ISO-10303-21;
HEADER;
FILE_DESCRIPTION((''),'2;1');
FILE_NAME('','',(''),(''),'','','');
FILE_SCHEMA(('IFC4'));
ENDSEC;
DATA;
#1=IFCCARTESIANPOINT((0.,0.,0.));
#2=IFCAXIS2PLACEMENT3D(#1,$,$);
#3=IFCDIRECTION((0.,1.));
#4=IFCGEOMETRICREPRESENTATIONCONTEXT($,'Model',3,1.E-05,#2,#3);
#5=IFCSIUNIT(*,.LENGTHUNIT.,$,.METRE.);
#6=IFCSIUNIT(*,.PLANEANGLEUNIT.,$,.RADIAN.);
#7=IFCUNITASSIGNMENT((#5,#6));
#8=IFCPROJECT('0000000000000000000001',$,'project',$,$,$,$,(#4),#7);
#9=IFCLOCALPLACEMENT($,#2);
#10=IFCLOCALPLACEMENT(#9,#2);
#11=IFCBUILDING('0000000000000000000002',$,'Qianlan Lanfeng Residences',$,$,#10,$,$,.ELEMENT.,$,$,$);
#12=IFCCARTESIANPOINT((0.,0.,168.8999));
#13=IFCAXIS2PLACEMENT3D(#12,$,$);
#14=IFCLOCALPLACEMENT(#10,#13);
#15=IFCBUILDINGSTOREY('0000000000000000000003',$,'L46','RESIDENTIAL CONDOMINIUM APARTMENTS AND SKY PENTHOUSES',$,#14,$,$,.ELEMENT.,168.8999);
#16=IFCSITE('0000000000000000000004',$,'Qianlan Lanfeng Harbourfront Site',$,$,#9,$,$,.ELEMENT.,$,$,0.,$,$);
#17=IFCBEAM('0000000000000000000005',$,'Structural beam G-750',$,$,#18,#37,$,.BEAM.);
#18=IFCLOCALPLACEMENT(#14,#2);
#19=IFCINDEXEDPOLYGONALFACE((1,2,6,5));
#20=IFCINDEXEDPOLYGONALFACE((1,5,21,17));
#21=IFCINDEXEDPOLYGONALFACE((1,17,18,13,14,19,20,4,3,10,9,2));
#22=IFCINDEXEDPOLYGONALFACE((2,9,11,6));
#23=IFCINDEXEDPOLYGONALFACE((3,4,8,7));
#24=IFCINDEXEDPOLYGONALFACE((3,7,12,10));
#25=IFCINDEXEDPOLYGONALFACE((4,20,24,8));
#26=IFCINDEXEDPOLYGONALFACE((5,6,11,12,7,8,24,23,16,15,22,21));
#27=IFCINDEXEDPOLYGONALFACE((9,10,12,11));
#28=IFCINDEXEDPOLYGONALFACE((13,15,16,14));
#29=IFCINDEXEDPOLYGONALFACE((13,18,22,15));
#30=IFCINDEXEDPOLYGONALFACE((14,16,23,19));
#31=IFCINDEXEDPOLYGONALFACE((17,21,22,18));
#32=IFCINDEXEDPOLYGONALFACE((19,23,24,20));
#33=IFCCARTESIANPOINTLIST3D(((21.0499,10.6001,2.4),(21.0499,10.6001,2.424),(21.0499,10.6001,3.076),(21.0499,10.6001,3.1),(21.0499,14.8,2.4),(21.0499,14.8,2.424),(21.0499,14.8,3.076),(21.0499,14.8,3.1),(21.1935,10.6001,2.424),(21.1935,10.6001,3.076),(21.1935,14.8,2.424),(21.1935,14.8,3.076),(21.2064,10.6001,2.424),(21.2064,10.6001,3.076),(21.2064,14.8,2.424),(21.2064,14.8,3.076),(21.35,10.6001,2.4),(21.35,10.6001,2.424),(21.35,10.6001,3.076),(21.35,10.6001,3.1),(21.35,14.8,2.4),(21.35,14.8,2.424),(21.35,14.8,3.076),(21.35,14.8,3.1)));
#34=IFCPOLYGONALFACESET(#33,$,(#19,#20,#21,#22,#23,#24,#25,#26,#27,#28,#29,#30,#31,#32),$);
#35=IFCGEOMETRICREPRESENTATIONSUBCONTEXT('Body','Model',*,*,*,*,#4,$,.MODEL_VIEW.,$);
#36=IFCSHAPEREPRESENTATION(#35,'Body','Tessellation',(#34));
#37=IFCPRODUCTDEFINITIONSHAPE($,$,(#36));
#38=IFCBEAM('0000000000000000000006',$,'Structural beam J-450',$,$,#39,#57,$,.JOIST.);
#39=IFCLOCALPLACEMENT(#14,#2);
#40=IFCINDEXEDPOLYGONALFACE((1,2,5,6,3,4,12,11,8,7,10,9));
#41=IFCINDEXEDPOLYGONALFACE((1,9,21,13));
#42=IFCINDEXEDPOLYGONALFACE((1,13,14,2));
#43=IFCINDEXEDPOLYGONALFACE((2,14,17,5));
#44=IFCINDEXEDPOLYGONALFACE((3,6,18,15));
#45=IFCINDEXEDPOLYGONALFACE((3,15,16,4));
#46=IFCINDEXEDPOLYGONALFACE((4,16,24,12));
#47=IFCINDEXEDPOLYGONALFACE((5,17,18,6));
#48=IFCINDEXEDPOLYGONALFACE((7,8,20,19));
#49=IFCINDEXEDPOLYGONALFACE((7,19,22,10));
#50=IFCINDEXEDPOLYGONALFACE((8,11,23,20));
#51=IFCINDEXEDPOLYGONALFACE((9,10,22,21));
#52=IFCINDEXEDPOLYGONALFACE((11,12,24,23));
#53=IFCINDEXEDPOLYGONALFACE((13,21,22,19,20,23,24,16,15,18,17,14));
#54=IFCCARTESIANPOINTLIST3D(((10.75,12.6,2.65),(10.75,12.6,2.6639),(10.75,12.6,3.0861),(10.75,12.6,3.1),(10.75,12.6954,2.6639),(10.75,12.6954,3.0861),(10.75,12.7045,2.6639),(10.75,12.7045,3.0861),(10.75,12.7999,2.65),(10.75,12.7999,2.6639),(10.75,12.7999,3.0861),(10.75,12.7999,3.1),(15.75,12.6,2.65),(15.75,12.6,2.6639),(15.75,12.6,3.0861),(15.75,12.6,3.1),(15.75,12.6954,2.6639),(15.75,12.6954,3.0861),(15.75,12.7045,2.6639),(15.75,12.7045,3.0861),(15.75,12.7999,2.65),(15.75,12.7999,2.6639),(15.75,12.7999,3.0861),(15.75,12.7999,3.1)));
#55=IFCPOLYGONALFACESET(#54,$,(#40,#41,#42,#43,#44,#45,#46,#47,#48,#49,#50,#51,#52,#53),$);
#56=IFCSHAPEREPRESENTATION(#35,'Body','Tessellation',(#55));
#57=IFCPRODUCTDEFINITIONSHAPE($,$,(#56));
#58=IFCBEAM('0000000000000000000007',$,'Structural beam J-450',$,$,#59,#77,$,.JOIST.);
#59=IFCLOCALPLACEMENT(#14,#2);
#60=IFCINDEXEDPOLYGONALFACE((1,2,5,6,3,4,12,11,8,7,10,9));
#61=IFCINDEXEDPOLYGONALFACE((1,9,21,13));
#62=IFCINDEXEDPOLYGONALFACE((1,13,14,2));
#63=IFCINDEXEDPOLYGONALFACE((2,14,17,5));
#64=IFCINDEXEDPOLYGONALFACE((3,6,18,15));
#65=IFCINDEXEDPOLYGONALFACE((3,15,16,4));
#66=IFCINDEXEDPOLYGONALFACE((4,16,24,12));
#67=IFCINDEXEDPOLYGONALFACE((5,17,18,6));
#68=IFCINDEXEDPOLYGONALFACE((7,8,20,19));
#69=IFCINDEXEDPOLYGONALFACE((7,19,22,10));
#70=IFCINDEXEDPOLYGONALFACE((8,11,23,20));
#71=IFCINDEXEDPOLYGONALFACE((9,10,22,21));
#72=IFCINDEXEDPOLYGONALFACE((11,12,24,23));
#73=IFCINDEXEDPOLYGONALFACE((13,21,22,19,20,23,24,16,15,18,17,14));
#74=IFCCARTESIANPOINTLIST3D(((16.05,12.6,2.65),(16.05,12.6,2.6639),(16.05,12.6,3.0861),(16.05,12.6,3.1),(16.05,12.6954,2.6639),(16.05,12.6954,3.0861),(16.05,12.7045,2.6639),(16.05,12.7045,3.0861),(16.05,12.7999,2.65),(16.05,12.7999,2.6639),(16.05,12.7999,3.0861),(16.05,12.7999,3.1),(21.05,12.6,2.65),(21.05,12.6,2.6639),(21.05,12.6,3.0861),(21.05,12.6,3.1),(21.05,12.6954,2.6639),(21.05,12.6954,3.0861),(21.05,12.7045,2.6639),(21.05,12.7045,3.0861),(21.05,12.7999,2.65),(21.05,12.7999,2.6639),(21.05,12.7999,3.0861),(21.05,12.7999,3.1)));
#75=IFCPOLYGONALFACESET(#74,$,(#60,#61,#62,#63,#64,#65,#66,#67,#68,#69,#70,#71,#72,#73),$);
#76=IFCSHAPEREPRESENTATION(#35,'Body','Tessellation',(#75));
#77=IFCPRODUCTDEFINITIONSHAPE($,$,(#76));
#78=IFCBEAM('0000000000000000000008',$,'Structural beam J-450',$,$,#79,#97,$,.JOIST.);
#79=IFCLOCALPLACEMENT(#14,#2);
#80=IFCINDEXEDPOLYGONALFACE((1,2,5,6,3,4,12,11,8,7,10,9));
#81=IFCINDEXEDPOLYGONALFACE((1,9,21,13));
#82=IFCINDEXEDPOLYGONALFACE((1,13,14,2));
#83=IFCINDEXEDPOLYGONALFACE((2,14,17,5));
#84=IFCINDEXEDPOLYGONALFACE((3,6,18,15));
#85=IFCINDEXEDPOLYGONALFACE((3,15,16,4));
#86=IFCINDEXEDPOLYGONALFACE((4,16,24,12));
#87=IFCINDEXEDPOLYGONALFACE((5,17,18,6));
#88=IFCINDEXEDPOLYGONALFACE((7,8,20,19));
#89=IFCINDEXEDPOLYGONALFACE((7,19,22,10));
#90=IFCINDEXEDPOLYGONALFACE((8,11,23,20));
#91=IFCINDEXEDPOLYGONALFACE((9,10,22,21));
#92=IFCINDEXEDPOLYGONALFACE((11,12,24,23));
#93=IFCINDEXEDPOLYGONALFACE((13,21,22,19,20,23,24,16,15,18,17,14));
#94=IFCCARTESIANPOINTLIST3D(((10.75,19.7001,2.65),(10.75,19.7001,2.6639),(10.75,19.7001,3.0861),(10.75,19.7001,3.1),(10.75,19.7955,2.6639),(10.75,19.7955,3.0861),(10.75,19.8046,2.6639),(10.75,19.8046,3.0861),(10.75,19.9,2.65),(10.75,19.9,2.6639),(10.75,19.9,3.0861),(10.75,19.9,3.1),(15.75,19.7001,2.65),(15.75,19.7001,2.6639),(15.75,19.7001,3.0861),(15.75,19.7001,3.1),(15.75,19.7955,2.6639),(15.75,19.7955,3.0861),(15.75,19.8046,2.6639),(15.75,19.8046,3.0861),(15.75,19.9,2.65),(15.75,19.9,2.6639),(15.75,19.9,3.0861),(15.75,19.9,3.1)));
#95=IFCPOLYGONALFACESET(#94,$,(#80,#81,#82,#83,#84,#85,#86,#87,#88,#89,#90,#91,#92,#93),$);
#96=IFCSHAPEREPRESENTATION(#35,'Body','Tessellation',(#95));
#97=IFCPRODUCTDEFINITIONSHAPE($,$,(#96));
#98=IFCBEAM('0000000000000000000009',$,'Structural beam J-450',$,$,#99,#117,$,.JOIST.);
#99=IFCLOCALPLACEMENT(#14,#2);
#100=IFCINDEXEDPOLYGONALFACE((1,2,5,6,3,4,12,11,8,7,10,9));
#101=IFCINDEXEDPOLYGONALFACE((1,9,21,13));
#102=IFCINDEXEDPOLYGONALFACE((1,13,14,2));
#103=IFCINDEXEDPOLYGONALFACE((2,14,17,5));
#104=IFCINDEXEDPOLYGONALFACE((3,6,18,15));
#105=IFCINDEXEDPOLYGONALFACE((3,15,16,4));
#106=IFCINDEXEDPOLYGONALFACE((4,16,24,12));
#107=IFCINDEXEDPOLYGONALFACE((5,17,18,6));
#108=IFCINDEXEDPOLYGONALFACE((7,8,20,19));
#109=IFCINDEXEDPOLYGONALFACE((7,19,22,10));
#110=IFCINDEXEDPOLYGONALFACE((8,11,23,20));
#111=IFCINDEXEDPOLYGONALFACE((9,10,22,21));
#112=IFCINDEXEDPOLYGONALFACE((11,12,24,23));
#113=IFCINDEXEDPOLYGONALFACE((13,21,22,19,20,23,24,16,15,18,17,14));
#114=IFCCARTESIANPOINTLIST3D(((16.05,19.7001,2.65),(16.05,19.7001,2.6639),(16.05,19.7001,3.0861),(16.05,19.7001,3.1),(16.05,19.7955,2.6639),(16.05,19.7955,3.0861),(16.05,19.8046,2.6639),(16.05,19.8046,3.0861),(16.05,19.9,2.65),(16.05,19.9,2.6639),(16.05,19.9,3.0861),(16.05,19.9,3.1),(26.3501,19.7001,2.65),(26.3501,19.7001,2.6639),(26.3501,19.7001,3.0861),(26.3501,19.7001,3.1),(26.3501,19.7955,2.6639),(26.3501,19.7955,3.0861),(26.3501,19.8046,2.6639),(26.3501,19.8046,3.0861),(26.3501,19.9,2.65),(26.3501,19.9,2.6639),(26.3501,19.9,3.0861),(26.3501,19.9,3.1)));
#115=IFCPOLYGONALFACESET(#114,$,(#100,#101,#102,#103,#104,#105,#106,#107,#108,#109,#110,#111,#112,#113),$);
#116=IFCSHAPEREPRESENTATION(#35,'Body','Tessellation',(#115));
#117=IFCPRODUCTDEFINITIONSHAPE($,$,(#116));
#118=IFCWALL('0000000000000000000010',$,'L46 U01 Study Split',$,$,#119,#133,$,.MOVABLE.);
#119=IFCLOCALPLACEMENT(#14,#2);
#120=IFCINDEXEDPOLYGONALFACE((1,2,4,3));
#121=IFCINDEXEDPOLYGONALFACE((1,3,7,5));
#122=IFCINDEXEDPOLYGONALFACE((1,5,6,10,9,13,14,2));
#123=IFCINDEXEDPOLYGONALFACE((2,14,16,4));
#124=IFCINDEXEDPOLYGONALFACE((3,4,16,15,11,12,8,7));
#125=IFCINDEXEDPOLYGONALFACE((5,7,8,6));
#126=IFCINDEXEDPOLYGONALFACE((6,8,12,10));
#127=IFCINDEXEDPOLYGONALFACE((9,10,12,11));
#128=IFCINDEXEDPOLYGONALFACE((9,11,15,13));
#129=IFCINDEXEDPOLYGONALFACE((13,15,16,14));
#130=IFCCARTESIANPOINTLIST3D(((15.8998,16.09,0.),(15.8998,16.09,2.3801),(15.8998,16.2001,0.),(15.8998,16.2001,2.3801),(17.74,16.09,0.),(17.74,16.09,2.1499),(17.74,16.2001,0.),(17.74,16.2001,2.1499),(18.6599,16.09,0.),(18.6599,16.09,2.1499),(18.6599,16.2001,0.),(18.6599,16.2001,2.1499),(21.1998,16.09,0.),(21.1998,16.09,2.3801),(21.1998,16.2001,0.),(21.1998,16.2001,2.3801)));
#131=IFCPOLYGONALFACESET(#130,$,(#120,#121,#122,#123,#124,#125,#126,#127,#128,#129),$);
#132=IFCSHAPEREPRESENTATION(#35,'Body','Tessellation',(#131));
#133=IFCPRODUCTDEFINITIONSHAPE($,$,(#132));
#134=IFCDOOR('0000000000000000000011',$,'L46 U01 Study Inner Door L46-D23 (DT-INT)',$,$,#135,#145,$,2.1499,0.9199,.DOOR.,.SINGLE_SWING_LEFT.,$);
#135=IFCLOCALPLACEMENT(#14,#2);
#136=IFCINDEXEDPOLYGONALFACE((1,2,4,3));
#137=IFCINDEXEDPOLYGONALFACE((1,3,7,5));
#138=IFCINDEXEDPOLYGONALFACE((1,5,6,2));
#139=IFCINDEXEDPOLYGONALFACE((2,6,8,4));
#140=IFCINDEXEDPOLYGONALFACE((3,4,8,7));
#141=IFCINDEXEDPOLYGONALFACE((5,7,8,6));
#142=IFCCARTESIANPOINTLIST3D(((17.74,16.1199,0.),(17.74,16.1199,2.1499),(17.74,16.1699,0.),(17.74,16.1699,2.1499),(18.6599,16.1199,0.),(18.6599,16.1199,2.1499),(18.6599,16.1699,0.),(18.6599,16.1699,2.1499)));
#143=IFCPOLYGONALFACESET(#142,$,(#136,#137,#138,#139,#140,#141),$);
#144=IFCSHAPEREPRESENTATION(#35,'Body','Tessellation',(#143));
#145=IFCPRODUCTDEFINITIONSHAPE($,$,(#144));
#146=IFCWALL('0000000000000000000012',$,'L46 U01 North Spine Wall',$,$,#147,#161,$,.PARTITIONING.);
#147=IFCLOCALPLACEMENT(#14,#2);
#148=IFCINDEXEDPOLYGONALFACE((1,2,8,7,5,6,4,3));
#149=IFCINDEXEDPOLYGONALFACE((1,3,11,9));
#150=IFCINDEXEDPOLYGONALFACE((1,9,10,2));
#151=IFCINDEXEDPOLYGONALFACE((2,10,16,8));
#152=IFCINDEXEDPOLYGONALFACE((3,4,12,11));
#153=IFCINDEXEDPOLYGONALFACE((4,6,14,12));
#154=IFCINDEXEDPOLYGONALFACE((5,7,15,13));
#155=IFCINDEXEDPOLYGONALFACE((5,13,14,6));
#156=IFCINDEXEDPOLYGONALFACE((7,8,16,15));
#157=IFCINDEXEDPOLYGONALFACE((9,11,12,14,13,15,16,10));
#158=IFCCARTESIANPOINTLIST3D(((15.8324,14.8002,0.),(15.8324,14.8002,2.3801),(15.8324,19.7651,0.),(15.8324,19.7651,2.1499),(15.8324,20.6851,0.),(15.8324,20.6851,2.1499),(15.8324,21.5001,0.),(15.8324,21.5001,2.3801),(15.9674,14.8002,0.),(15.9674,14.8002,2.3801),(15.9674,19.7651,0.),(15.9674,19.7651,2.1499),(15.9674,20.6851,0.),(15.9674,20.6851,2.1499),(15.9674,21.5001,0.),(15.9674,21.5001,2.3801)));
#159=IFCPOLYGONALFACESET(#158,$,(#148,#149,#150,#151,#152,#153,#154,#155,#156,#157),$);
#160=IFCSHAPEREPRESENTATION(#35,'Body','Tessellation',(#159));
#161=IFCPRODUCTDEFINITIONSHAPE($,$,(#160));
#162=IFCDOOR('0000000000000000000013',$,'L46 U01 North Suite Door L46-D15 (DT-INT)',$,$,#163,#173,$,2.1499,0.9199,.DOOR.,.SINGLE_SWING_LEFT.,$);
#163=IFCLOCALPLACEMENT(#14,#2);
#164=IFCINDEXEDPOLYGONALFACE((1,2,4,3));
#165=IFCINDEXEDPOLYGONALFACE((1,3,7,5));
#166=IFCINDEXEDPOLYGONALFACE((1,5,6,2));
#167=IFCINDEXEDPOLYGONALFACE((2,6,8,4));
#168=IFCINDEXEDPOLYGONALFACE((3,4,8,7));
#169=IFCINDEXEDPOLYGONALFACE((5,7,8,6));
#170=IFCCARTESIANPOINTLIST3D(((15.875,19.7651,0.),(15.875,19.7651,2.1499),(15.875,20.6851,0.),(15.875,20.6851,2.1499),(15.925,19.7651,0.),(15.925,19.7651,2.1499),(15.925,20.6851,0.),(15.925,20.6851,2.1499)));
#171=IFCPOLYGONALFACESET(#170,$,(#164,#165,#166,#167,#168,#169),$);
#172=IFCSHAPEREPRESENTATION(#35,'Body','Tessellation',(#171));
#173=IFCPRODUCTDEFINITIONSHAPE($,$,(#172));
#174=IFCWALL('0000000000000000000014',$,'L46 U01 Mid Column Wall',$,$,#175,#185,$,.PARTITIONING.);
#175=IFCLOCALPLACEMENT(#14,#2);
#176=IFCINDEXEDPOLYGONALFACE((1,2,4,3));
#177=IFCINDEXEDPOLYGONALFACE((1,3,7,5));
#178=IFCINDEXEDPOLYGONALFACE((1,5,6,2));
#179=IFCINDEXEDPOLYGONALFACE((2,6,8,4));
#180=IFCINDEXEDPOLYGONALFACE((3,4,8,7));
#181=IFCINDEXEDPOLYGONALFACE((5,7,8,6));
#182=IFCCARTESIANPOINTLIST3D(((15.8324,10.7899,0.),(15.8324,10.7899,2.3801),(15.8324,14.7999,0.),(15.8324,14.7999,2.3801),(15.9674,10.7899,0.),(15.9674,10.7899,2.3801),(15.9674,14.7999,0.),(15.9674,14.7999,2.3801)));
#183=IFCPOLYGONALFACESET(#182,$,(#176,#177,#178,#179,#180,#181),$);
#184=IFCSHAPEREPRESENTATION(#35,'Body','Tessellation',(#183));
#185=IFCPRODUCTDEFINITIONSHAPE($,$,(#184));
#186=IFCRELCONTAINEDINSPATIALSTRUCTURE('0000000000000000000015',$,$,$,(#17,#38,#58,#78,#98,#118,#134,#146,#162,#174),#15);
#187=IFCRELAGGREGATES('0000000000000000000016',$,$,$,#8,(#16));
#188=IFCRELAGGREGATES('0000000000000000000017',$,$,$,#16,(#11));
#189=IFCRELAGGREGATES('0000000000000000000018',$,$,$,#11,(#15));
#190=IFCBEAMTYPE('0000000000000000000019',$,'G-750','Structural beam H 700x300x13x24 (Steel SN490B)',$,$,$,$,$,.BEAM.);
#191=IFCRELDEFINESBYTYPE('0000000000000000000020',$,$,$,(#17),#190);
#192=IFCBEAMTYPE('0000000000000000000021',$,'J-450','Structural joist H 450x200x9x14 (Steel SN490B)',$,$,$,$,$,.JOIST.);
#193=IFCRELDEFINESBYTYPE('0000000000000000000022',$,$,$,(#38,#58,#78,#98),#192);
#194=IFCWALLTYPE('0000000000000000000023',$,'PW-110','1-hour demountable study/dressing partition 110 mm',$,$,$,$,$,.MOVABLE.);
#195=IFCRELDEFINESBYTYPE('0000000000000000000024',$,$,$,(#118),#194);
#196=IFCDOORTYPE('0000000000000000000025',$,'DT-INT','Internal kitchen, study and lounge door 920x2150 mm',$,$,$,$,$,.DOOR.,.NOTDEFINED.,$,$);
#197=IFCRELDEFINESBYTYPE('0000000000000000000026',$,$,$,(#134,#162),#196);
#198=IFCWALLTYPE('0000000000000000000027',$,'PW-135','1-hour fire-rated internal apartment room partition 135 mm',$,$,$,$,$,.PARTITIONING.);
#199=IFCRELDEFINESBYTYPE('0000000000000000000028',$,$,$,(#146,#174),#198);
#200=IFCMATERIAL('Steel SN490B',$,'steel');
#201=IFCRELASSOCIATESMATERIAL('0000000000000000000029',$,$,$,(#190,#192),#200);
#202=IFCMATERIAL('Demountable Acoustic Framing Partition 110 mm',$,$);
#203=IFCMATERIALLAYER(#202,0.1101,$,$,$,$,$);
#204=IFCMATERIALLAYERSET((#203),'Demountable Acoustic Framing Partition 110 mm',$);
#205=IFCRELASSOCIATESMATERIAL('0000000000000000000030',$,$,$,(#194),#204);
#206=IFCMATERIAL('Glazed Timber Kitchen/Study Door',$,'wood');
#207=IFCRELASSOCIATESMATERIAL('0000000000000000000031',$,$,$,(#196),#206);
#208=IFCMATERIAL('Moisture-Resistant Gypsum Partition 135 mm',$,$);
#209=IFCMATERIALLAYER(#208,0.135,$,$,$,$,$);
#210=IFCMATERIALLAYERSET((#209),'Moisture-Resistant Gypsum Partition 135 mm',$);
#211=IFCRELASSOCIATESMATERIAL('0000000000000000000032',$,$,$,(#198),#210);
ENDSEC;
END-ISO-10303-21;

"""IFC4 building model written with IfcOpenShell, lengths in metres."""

from ifc_helpers import new_model, si_unit, direction, frame, frame_2d, origin, origin_2d, place, context, subcontext, project, spatial, rectangle, i_section, extrude, material, layer, layer_set, material_profile, profile_set, type_object, element, fill, save


model = new_model("IFC4")

# Units and contexts
model_context = context("Model", 3, precision=1e-05, world=origin(), true_north=direction((0.0, 1.0)))
body_context = subcontext(model_context, "Body", "Model", "MODEL_VIEW")
ifc_project = project(units=[si_unit("LENGTHUNIT", "METRE"), si_unit("PLANEANGLEUNIT", "RADIAN")], contexts=[model_context])

# Site, building, storey
site_placement = place(None, origin())
site = spatial("IfcSite", under=ifc_project, at=site_placement, Name="Qianlan Lanfeng Harbourfront Site", CompositionType="ELEMENT", RefElevation=0.0)
building_placement = place(site_placement, origin())
building = spatial("IfcBuilding", under=site, at=building_placement, Name="Qianlan Lanfeng Residences", CompositionType="ELEMENT")
storey_placement = place(building_placement, frame((0.0, 0.0, 168.8999)))
storey = spatial("IfcBuildingStorey", under=building, at=storey_placement, Name="L46", Description="RESIDENTIAL CONDOMINIUM APARTMENTS AND SKY PENTHOUSES", CompositionType="ELEMENT", Elevation=168.8999)

# Shared definitions
ifc_material_1 = material(Name="Steel SN490B", Category="steel")

# Beams
ifc_material_profile_1 = material_profile(ifc_material_1, i_section(OverallWidth=0.3, OverallDepth=0.7, WebThickness=0.0129, FlangeThickness=0.0239, at=origin_2d()), Name="H 700x300x13x24")
ifc_profile_set_1 = profile_set([ifc_material_profile_1], Name="Steel SN490B")
beam_type_1 = type_object("IfcBeamType", Name="G-750", Description="Structural beam H 700x300x13x24 (Steel SN490B)", PredefinedType="BEAM", material=ifc_profile_set_1)
beam_1_placement = place(storey_placement, frame((21.2, 10.6001, 2.75), z_axis=(0.0, 1.0, 0.0), x_axis=(-1.0, 0.0, 0.0)))
element("IfcBeam", 1, at=beam_1_placement, inside=storey, type_object=beam_type_1, Name="Structural beam G-750", PredefinedType="BEAM", context=body_context, shape_type="SweptSolid", body=[
    extrude(i_section(OverallWidth=0.3, OverallDepth=0.7, WebThickness=0.0129, FlangeThickness=0.0239, at=origin_2d()), origin(), (0.0, 0.0, 1.0), 4.2),
])
ifc_material_profile_2 = material_profile(ifc_material_1, i_section(OverallWidth=0.2, OverallDepth=0.45, WebThickness=0.009, FlangeThickness=0.0139, at=origin_2d()), Name="H 450x200x9x14")
ifc_profile_set_2 = profile_set([ifc_material_profile_2], Name="Steel SN490B")
beam_type_2 = type_object("IfcBeamType", Name="J-450", Description="Structural joist H 450x200x9x14 (Steel SN490B)", PredefinedType="JOIST", material=ifc_profile_set_2)
for number, where, z_axis, x_axis, name in (
    (2, (10.75, 12.7, 2.875), (1.0, 0.0, 0.0), (0.0, 1.0, 0.0), "Structural beam J-450"),
    (3, (16.05, 12.7, 2.875), (1.0, 0.0, 0.0), (0.0, 1.0, 0.0), "Structural beam J-450"),
    (4, (10.75, 19.8, 2.875), (1.0, 0.0, 0.0), (0.0, 1.0, 0.0), "Structural beam J-450"),
):
    element("IfcBeam", number, at=place(storey_placement, frame(where, z_axis=z_axis, x_axis=x_axis)), inside=storey, type_object=beam_type_2, Name=name, PredefinedType="JOIST", context=body_context, shape_type="SweptSolid", body=[
        extrude(i_section(OverallWidth=0.2, OverallDepth=0.45, WebThickness=0.009, FlangeThickness=0.0139, at=origin_2d()), origin(), (0.0, 0.0, 1.0), 5.0),
    ])
beam_2_placement = place(storey_placement, frame((16.05, 19.8, 2.875), z_axis=(1.0, 0.0, 0.0), x_axis=(0.0, 1.0, 0.0)))
element("IfcBeam", 5, at=beam_2_placement, inside=storey, type_object=beam_type_2, Name="Structural beam J-450", PredefinedType="JOIST", context=body_context, shape_type="SweptSolid", body=[
    extrude(i_section(OverallWidth=0.2, OverallDepth=0.45, WebThickness=0.009, FlangeThickness=0.0139, at=origin_2d()), origin(), (0.0, 0.0, 1.0), 10.3),
])

# Walls, openings, doors
ifc_material_2 = material(Name="Demountable Acoustic Framing Partition 110 mm")
ifc_layer_1 = layer(ifc_material_2, 0.1101)
ifc_layer_set_1 = layer_set([ifc_layer_1], Name="Demountable Acoustic Framing Partition 110 mm")
wall_type_1 = type_object("IfcWallType", Name="PW-110", Description="1-hour demountable study/dressing partition 110 mm", PredefinedType="MOVABLE", material=ifc_layer_set_1)
wall_1_placement = place(storey_placement, frame((15.8999, 16.145, 0.0), z_axis=(0.0, 0.0, 1.0), x_axis=(1.0, 0.0, 0.0)))
wall_1 = element("IfcWall", 6, at=wall_1_placement, inside=storey, type_object=wall_type_1, Name="L46 U01 Study Split", PredefinedType="MOVABLE", context=body_context, shape_type="SweptSolid", body=[
    extrude(rectangle(XDim=5.3, YDim=0.1101, at=frame_2d((2.6499, 0.0))), origin(), (0.0, 0.0, 1.0), 2.3801),
])
opening_1_placement = place(wall_1_placement, frame((1.8401, 0.0, 0.0)))
opening_1 = element("IfcOpeningElement", 7, at=opening_1_placement, cuts=wall_1, PredefinedType="OPENING", context=body_context, shape_type="SweptSolid", body=[
    extrude(rectangle(XDim=0.9199, YDim=2.1499, at=frame_2d((0.46, 1.075))), frame((0.0, 0.0649, 0.0), z_axis=(0.0, -1.0, 0.0), x_axis=(1.0, 0.0, 0.0)), (0.0, 0.0, 1.0), 0.1301),
])
ifc_material_3 = material(Name="Glazed Timber Kitchen/Study Door", Category="wood")
door_type_1 = type_object("IfcDoorType", Name="DT-INT", Description="Internal kitchen, study and lounge door 920x2150 mm", OperationType="NOTDEFINED", PredefinedType="DOOR", material=ifc_material_3)
door_1_placement = place(opening_1_placement, origin())
door_1 = element("IfcDoor", 8, at=door_1_placement, inside=storey, type_object=door_type_1, Name="L46 U01 Study Inner Door L46-D23 (DT-INT)", OperationType="SINGLE_SWING_LEFT", OverallHeight=2.1499, OverallWidth=0.9199, PredefinedType="DOOR", context=body_context, shape_type="SweptSolid", body=[
    extrude(rectangle(XDim=0.9199, YDim=2.1499, at=frame_2d((0.46, 1.075))), frame((0.0, 0.0249, 0.0), z_axis=(0.0, -1.0, 0.0), x_axis=(1.0, 0.0, 0.0)), (0.0, 0.0, 1.0), 0.05),
])
fill(opening_1, door_1)
ifc_material_4 = material(Name="Moisture-Resistant Gypsum Partition 135 mm")
ifc_layer_2 = layer(ifc_material_4, 0.135)
ifc_layer_set_2 = layer_set([ifc_layer_2], Name="Moisture-Resistant Gypsum Partition 135 mm")
wall_type_2 = type_object("IfcWallType", Name="PW-135", Description="1-hour fire-rated internal apartment room partition 135 mm", PredefinedType="PARTITIONING", material=ifc_layer_set_2)
wall_2_placement = place(storey_placement, frame((15.8999, 14.8, 0.0), z_axis=(0.0, 0.0, 1.0), x_axis=(0.0, 1.0, 0.0)))
wall_2 = element("IfcWall", 9, at=wall_2_placement, inside=storey, type_object=wall_type_2, Name="L46 U01 North Spine Wall", PredefinedType="PARTITIONING", context=body_context, shape_type="SweptSolid", body=[
    extrude(rectangle(XDim=6.7, YDim=0.135, at=frame_2d((3.3501, 0.0))), origin(), (0.0, 0.0, 1.0), 2.3801),
])
opening_2_placement = place(wall_2_placement, frame((4.9651, 0.0, 0.0)))
opening_2 = element("IfcOpeningElement", 10, at=opening_2_placement, cuts=wall_2, PredefinedType="OPENING", context=body_context, shape_type="SweptSolid", body=[
    extrude(rectangle(XDim=0.9199, YDim=2.1499, at=frame_2d((0.46, 1.075))), frame((0.0, 0.0776, 0.0), z_axis=(0.0, -1.0, 0.0), x_axis=(1.0, 0.0, 0.0)), (0.0, 0.0, 1.0), 0.155),
])
door_2_placement = place(opening_2_placement, origin())
door_2 = element("IfcDoor", 11, at=door_2_placement, inside=storey, type_object=door_type_1, Name="L46 U01 North Suite Door L46-D15 (DT-INT)", OperationType="SINGLE_SWING_LEFT", OverallHeight=2.1499, OverallWidth=0.9199, PredefinedType="DOOR", context=body_context, shape_type="SweptSolid", body=[
    extrude(rectangle(XDim=0.9199, YDim=2.1499, at=frame_2d((0.46, 1.075))), frame((0.0, 0.0249, 0.0), z_axis=(0.0, -1.0, 0.0), x_axis=(1.0, 0.0, 0.0)), (0.0, 0.0, 1.0), 0.05),
])
fill(opening_2, door_2)

# Wall
wall_3_placement = place(storey_placement, frame((15.8999, 10.79, 0.0), z_axis=(0.0, 0.0, 1.0), x_axis=(0.0, 1.0, 0.0)))
element("IfcWall", 12, at=wall_3_placement, inside=storey, type_object=wall_type_2, Name="L46 U01 Mid Column Wall", PredefinedType="PARTITIONING", context=body_context, shape_type="SweptSolid", body=[
    extrude(rectangle(XDim=4.01, YDim=0.135, at=frame_2d((2.0049, 0.0))), origin(), (0.0, 0.0, 1.0), 2.3801),
])

save(model, "model.ifc")
